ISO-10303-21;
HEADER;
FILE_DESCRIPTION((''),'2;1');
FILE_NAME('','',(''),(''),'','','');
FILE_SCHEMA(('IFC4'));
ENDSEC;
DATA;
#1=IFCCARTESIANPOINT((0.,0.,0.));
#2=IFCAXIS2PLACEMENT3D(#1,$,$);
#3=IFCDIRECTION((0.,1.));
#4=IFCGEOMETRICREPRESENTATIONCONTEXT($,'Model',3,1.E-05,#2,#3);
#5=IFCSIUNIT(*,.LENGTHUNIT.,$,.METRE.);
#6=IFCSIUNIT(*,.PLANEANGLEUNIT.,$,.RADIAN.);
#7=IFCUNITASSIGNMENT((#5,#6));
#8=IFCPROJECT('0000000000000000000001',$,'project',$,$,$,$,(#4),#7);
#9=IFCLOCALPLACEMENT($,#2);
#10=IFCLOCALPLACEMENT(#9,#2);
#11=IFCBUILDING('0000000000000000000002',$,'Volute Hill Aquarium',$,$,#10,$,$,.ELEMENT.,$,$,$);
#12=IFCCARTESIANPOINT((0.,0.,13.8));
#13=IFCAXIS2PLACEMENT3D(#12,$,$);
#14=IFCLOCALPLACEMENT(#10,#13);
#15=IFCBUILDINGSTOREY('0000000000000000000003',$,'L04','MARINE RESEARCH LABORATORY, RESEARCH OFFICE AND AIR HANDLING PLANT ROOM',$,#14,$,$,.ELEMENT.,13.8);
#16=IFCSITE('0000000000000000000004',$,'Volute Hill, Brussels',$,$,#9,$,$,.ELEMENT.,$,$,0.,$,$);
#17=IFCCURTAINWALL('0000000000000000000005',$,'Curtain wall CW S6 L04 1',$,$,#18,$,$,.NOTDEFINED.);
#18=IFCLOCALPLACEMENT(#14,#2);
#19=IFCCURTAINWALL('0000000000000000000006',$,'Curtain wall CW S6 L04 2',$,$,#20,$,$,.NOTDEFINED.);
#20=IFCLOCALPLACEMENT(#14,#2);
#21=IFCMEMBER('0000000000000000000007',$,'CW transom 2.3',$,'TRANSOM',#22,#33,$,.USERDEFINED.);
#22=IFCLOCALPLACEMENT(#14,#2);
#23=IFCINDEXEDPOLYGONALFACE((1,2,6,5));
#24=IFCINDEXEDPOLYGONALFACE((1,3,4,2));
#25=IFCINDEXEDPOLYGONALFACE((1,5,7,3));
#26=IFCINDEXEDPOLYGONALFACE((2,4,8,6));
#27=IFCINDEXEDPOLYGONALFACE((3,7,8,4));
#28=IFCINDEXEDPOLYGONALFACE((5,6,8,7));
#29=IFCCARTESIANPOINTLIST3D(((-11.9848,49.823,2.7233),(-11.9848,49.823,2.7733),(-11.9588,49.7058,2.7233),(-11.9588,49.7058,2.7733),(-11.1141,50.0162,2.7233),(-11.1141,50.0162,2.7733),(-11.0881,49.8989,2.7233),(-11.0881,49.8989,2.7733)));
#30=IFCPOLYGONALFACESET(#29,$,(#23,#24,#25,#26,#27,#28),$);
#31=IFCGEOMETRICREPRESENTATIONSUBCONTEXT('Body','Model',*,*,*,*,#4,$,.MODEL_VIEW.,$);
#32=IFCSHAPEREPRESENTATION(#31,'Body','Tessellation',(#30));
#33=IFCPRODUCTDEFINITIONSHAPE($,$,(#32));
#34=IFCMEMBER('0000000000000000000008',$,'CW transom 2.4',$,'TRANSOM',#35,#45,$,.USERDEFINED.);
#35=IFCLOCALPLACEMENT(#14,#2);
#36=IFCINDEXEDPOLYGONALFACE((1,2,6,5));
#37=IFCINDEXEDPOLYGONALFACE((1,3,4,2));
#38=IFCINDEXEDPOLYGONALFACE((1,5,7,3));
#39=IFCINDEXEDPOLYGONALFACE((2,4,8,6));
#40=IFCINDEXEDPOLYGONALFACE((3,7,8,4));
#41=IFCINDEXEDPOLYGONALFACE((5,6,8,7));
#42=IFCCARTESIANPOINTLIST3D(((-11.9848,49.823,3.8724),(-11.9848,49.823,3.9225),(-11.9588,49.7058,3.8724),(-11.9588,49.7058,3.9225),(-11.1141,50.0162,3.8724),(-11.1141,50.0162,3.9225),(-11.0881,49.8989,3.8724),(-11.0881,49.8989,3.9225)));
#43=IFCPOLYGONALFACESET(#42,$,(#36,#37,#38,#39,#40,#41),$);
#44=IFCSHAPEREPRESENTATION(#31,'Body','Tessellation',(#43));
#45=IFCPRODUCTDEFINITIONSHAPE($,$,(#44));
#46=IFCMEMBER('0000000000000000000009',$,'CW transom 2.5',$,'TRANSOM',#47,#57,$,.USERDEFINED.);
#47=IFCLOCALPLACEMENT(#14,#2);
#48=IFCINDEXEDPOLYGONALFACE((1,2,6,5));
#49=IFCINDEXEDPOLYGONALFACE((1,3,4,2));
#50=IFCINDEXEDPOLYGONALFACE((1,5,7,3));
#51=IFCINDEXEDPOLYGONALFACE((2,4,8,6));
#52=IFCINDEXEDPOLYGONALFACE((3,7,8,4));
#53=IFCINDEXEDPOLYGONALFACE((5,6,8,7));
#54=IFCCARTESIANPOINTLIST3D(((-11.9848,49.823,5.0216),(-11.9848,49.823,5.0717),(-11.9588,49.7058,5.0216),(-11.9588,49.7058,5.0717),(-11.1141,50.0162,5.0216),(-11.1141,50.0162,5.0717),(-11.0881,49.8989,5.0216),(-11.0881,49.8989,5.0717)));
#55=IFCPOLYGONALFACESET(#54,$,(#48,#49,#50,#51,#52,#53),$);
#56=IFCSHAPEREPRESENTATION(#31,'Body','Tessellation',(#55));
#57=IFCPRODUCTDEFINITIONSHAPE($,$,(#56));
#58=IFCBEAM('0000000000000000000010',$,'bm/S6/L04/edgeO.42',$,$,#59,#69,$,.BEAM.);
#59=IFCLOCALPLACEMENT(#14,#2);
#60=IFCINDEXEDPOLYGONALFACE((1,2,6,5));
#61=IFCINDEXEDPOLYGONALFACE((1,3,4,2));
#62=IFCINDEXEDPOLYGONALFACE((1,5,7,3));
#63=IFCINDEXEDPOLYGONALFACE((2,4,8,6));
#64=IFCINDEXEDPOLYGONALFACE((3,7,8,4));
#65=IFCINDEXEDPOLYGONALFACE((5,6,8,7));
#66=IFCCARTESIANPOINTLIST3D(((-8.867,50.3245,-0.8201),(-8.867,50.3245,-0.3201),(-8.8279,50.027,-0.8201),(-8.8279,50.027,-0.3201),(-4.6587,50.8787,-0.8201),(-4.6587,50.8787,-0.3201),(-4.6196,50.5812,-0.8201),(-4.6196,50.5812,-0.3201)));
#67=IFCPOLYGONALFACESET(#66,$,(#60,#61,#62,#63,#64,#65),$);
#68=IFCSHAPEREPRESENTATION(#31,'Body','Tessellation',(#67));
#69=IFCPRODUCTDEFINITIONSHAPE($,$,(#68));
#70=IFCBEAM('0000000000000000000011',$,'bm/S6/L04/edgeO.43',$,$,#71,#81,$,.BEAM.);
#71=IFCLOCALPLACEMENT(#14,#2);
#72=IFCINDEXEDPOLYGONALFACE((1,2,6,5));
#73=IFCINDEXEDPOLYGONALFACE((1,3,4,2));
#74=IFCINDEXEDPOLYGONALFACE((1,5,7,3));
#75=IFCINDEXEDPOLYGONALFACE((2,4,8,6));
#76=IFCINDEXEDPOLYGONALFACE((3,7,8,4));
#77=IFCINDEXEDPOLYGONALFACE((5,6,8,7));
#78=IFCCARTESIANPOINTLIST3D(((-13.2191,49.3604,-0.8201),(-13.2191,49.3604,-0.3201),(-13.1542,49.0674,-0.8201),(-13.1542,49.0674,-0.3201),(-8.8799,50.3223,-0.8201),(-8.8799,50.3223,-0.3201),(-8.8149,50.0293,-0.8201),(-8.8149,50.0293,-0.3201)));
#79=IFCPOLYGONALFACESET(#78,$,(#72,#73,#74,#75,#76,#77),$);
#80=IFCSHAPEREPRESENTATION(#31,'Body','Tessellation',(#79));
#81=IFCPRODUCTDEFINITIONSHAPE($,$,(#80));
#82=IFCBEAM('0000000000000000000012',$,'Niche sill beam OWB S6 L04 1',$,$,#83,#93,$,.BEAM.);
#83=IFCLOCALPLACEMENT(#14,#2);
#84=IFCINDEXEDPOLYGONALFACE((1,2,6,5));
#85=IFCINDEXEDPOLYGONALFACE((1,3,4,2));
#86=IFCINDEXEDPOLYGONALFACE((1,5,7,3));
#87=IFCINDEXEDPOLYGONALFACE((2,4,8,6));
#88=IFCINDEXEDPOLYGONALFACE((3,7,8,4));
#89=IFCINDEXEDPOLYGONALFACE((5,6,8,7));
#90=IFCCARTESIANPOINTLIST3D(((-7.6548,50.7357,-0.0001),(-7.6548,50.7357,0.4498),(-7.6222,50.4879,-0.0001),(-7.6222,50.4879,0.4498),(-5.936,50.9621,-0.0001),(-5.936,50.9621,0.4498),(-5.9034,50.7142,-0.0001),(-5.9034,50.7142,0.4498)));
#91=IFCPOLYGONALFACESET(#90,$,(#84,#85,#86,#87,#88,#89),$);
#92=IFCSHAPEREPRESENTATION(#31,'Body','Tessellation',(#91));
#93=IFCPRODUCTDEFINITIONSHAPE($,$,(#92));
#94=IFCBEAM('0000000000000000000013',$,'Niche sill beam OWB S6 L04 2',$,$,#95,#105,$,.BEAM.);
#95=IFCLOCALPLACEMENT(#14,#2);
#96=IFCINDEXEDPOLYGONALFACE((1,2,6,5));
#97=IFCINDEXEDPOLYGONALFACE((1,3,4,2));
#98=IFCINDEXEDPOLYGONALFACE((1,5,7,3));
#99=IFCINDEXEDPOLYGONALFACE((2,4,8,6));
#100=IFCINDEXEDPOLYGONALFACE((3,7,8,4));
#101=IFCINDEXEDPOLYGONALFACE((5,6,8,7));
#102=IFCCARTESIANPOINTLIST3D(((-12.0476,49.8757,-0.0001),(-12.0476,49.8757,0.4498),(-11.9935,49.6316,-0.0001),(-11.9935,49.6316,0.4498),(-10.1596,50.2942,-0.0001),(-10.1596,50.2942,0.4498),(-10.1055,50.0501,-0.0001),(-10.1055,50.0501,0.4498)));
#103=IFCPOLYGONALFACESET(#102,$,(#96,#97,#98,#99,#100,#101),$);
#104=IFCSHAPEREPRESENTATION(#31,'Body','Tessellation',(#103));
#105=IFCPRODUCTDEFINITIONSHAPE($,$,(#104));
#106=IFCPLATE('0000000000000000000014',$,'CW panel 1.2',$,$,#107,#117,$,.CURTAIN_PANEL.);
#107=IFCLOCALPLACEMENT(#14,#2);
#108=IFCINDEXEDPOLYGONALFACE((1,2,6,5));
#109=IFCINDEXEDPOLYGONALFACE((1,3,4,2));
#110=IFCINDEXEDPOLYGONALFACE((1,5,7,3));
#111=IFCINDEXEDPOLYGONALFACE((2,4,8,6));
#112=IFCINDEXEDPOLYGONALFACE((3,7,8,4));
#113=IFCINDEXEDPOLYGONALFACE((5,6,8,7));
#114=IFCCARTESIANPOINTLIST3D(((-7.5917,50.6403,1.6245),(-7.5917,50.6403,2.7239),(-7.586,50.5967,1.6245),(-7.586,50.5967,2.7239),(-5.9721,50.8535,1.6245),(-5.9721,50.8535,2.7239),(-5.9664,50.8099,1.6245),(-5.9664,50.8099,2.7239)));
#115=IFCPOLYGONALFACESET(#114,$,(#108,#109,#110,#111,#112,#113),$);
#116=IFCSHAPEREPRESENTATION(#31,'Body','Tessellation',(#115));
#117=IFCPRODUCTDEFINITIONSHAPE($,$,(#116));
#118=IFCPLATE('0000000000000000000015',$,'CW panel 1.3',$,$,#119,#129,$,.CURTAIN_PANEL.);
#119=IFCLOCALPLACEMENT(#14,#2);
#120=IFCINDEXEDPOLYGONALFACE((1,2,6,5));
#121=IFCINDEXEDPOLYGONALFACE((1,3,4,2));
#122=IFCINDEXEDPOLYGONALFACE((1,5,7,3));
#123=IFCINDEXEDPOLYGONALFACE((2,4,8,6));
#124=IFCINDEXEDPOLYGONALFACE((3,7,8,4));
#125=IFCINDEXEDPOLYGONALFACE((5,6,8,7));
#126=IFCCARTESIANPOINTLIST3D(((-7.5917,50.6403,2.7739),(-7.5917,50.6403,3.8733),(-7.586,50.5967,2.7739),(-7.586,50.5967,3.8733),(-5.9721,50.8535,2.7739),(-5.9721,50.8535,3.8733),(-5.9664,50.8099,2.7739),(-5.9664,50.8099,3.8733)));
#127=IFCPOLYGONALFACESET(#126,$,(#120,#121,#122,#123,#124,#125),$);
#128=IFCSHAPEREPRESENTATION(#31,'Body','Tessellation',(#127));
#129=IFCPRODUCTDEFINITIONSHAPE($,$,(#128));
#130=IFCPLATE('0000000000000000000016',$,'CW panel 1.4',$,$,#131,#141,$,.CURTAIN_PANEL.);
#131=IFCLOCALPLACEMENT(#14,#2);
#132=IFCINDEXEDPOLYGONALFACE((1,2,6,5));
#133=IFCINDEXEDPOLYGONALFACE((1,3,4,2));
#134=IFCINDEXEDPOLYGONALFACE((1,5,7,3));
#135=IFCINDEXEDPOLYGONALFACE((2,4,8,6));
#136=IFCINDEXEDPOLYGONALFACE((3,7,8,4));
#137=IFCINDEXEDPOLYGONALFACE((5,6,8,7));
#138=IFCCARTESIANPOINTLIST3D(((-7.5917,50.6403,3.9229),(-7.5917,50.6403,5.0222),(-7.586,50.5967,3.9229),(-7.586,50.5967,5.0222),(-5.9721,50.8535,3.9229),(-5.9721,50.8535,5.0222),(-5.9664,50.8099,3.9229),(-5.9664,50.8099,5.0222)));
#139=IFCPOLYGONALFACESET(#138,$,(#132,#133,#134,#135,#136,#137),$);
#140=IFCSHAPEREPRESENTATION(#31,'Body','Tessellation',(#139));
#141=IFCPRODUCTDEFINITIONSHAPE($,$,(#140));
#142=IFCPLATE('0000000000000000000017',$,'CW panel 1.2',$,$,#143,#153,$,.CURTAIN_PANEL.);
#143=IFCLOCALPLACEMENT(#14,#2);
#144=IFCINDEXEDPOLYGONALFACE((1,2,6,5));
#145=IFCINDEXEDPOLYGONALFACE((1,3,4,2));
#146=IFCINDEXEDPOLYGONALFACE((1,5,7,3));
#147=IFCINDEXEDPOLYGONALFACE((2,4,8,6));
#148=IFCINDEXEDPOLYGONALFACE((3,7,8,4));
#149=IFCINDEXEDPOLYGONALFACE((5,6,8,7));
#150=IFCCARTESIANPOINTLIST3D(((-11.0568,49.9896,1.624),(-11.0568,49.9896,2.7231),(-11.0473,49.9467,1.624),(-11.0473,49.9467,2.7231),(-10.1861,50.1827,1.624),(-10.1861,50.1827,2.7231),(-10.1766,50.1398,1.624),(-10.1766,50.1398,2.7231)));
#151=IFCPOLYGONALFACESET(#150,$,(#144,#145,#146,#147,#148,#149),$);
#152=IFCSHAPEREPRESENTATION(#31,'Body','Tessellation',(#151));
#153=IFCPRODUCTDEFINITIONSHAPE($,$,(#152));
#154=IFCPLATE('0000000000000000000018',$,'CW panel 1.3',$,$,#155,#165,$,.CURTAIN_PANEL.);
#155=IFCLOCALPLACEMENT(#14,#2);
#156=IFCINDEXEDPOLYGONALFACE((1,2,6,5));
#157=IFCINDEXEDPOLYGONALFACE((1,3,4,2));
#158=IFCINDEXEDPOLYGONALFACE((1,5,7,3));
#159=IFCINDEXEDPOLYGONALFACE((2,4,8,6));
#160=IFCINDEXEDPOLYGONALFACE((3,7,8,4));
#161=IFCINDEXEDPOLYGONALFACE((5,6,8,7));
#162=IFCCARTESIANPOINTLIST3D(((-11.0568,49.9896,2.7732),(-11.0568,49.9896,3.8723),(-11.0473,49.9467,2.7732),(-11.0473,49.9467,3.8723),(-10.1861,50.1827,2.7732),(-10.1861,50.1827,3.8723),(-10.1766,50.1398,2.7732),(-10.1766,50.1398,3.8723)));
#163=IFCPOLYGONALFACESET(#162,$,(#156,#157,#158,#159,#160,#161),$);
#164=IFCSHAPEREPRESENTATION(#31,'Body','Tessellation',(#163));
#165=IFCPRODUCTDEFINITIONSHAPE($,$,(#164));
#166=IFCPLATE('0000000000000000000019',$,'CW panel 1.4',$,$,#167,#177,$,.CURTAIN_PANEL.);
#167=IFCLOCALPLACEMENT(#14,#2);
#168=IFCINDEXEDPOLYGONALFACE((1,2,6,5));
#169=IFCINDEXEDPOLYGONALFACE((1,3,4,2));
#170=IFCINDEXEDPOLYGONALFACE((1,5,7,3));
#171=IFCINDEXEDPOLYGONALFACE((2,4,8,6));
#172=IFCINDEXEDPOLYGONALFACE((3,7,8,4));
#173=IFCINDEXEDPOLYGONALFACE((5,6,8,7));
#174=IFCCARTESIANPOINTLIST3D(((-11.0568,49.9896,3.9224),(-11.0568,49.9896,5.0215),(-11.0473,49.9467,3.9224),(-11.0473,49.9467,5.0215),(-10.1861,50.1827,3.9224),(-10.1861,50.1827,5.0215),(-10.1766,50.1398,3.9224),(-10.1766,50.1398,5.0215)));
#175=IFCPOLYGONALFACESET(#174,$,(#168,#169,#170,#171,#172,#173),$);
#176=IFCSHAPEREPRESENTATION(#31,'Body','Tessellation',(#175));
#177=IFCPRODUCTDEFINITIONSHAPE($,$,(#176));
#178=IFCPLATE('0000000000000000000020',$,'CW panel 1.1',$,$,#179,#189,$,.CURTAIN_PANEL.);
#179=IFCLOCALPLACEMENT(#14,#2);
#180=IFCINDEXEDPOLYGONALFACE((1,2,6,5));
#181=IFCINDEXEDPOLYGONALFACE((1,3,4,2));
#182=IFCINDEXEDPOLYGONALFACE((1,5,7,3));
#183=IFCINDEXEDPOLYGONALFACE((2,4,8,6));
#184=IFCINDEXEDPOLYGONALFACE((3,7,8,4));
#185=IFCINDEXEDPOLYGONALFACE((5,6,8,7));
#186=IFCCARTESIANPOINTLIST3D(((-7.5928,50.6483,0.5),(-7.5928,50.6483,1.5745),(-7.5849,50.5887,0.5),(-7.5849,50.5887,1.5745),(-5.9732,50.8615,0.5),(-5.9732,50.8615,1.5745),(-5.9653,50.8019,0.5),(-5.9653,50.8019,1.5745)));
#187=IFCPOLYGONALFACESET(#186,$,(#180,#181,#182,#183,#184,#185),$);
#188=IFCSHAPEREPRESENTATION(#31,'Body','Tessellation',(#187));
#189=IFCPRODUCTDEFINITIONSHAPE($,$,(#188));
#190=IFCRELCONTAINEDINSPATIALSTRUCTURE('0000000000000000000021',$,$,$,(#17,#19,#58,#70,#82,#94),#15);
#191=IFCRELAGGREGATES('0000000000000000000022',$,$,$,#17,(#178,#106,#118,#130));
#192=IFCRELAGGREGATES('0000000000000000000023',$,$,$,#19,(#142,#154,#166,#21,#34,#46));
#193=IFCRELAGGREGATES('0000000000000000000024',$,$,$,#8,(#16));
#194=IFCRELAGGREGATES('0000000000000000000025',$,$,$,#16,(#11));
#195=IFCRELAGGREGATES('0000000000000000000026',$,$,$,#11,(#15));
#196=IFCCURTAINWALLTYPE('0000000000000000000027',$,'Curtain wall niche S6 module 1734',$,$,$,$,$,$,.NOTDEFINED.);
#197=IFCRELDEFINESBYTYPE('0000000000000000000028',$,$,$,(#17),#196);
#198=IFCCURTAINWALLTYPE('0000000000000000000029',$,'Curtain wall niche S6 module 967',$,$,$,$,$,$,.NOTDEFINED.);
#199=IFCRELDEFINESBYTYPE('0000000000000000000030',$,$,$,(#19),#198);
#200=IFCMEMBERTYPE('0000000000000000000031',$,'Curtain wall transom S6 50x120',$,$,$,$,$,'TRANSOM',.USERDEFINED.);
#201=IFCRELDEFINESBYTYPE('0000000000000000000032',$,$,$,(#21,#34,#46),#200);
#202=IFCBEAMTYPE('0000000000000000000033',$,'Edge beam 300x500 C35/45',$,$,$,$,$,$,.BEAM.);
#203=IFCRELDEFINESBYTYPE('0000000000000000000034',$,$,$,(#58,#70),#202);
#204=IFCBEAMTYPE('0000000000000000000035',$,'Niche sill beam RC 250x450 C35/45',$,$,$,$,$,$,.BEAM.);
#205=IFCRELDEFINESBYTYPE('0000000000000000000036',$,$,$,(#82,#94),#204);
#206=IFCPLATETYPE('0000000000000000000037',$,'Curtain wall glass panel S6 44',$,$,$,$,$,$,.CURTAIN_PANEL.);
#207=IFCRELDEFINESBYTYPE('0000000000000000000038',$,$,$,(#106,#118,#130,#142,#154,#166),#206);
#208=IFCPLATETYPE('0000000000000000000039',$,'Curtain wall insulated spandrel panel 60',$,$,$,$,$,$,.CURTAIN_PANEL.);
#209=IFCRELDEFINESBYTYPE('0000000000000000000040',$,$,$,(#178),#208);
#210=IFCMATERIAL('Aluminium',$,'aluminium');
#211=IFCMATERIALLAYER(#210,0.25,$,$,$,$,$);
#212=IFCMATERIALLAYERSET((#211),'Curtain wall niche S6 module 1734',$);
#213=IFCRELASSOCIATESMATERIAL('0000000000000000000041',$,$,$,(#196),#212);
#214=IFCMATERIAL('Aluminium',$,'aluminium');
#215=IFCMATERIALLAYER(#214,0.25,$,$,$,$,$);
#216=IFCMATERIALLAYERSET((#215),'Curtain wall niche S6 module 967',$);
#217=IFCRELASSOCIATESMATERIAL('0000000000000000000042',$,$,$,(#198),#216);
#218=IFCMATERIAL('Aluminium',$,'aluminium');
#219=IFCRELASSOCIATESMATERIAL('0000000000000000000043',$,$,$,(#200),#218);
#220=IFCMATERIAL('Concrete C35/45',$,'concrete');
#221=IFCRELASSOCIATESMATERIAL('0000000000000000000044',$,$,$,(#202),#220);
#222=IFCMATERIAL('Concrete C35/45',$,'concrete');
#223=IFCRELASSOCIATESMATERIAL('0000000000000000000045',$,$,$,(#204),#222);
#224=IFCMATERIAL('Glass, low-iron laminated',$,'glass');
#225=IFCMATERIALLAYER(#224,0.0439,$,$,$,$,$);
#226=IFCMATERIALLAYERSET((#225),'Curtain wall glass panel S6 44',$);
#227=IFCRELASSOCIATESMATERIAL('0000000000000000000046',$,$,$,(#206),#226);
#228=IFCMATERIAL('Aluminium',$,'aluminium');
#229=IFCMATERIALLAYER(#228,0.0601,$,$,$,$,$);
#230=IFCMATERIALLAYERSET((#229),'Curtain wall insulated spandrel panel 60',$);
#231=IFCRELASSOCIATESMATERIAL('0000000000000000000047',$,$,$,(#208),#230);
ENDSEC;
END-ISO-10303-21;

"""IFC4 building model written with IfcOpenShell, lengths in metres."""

from ifc_helpers import new_model, si_unit, direction, frame, origin, origin_2d, place, context, subcontext, project, spatial, rectangle, extrude, material, layer, layer_set, material_profile, profile_set, type_object, element, aggregate, save


model = new_model("IFC4")

# Units and contexts
model_context = context("Model", 3, precision=1e-05, world=origin(), true_north=direction((0.0, 1.0)))
body_context = subcontext(model_context, "Body", "Model", "MODEL_VIEW")
ifc_project = project(units=[si_unit("LENGTHUNIT", "METRE"), si_unit("PLANEANGLEUNIT", "RADIAN")], contexts=[model_context])

# Site, building, storey
site_placement = place(None, origin())
site = spatial("IfcSite", under=ifc_project, at=site_placement, Name="Volute Hill, Brussels", CompositionType="ELEMENT", RefElevation=0.0)
building_placement = place(site_placement, origin())
building = spatial("IfcBuilding", under=site, at=building_placement, Name="Volute Hill Aquarium", CompositionType="ELEMENT")
storey_placement = place(building_placement, frame((0.0, 0.0, 13.8)))
storey = spatial("IfcBuildingStorey", under=building, at=storey_placement, Name="L04", Description="MARINE RESEARCH LABORATORY, RESEARCH OFFICE AND AIR HANDLING PLANT ROOM", CompositionType="ELEMENT", Elevation=13.8)

# Curtain walls
ifc_material_1 = material(Name="Aluminium", Category="aluminium")
ifc_layer_1 = layer(ifc_material_1, 0.25)
ifc_layer_set_1 = layer_set([ifc_layer_1], Name="Curtain wall niche S6 module 1734")
curtain_wall_type_1 = type_object("IfcCurtainWallType", Name="Curtain wall niche S6 module 1734", PredefinedType="NOTDEFINED", material=ifc_layer_set_1)
curtain_wall_1_placement = place(storey_placement, origin())
curtain_wall_1 = element("IfcCurtainWall", 1, at=curtain_wall_1_placement, inside=storey, type_object=curtain_wall_type_1, Name="Curtain wall CW S6 L04 1", PredefinedType="NOTDEFINED")
ifc_material_2 = material(Name="Aluminium", Category="aluminium")
ifc_layer_2 = layer(ifc_material_2, 0.25)
ifc_layer_set_2 = layer_set([ifc_layer_2], Name="Curtain wall niche S6 module 967")
curtain_wall_type_2 = type_object("IfcCurtainWallType", Name="Curtain wall niche S6 module 967", PredefinedType="NOTDEFINED", material=ifc_layer_set_2)
curtain_wall_2_placement = place(storey_placement, origin())
curtain_wall_2 = element("IfcCurtainWall", 2, at=curtain_wall_2_placement, inside=storey, type_object=curtain_wall_type_2, Name="Curtain wall CW S6 L04 2", PredefinedType="NOTDEFINED")

# Members
ifc_material_3 = material(Name="Aluminium", Category="aluminium")
ifc_material_profile_1 = material_profile(ifc_material_3, rectangle(XDim=0.1201, YDim=0.05, at=origin_2d()), Name="Curtain wall transom S6 50x120")
ifc_profile_set_1 = profile_set([ifc_material_profile_1], Name="Aluminium")
member_type_1 = type_object("IfcMemberType", Name="Curtain wall transom S6 50x120", ElementType="TRANSOM", PredefinedType="USERDEFINED", material=ifc_profile_set_1)
member_1_placement = place(storey_placement, frame((-11.1011, 49.9575, 2.7483), z_axis=(-0.976271, -0.216554, 0.0), x_axis=(0.216554, -0.976271, 0.0)))
member_1 = element("IfcMember", 3, at=member_1_placement, type_object=member_type_1, Name="CW transom 2.3", ObjectType="TRANSOM", PredefinedType="USERDEFINED", context=body_context, shape_type="SweptSolid", body=[
    extrude(rectangle(XDim=0.1201, YDim=0.05, at=origin_2d()), origin(), (0.0, 0.0, 1.0), 0.8918),
])
member_2_placement = place(storey_placement, frame((-11.1011, 49.9575, 3.8975), z_axis=(-0.976271, -0.216554, 0.0), x_axis=(0.216554, -0.976271, 0.0)))
member_2 = element("IfcMember", 4, at=member_2_placement, type_object=member_type_1, Name="CW transom 2.4", ObjectType="TRANSOM", PredefinedType="USERDEFINED", context=body_context, shape_type="SweptSolid", body=[
    extrude(rectangle(XDim=0.1201, YDim=0.05, at=origin_2d()), origin(), (0.0, 0.0, 1.0), 0.8918),
])
member_3_placement = place(storey_placement, frame((-11.1011, 49.9575, 5.0466), z_axis=(-0.976271, -0.216554, 0.0), x_axis=(0.216554, -0.976271, 0.0)))
member_3 = element("IfcMember", 5, at=member_3_placement, type_object=member_type_1, Name="CW transom 2.5", ObjectType="TRANSOM", PredefinedType="USERDEFINED", context=body_context, shape_type="SweptSolid", body=[
    extrude(rectangle(XDim=0.1201, YDim=0.05, at=origin_2d()), origin(), (0.0, 0.0, 1.0), 0.8918),
])

# Beams
ifc_material_4 = material(Name="Concrete C35/45", Category="concrete")
ifc_material_profile_2 = material_profile(ifc_material_4, rectangle(XDim=0.3, YDim=0.5, at=origin_2d()), Name="RC edge beam 300x500")
ifc_profile_set_2 = profile_set([ifc_material_profile_2], Name="Concrete C35/45")
beam_type_1 = type_object("IfcBeamType", Name="Edge beam 300x500 C35/45", PredefinedType="BEAM", material=ifc_profile_set_2)
beam_1_placement = place(storey_placement, frame((-4.6392, 50.73, -0.5701), z_axis=(-0.99144, -0.130566, 0.0), x_axis=(0.130566, -0.99144, 0.0)))
element("IfcBeam", 6, at=beam_1_placement, inside=storey, type_object=beam_type_1, Name="bm/S6/L04/edgeO.42", PredefinedType="BEAM", context=body_context, shape_type="SweptSolid", body=[
    extrude(rectangle(XDim=0.3, YDim=0.5, at=origin_2d()), origin(), (0.0, 0.0, 1.0), 4.2446),
])
beam_2_placement = place(storey_placement, frame((-8.8474, 50.1758, -0.5701), z_axis=(-0.976301, -0.216419, 0.0), x_axis=(0.216419, -0.976301, 0.0)))
element("IfcBeam", 7, at=beam_2_placement, inside=storey, type_object=beam_type_1, Name="bm/S6/L04/edgeO.43", PredefinedType="BEAM", context=body_context, shape_type="SweptSolid", body=[
    extrude(rectangle(XDim=0.3, YDim=0.5, at=origin_2d()), origin(), (0.0, 0.0, 1.0), 4.4446),
])
ifc_material_5 = material(Name="Concrete C35/45", Category="concrete")
ifc_material_profile_3 = material_profile(ifc_material_5, rectangle(XDim=0.25, YDim=0.45, at=origin_2d()), Name="RC beam 250x450")
ifc_profile_set_3 = profile_set([ifc_material_profile_3], Name="Concrete C35/45")
beam_type_2 = type_object("IfcBeamType", Name="Niche sill beam RC 250x450 C35/45", PredefinedType="BEAM", material=ifc_profile_set_3)
beam_3_placement = place(storey_placement, frame((-5.9197, 50.8381, 0.2249), z_axis=(-0.991442, -0.130549, 0.0), x_axis=(0.130549, -0.991442, 0.0)))
element("IfcBeam", 8, at=beam_3_placement, inside=storey, type_object=beam_type_2, Name="Niche sill beam OWB S6 L04 1", PredefinedType="BEAM", context=body_context, shape_type="SweptSolid", body=[
    extrude(rectangle(XDim=0.25, YDim=0.45, at=origin_2d()), origin(), (0.0, 0.0, 1.0), 1.7336),
])
beam_4_placement = place(storey_placement, frame((-10.1326, 50.1721, 0.2249), z_axis=(-0.976306, -0.216396, 0.0), x_axis=(0.216396, -0.976306, 0.0)))
element("IfcBeam", 9, at=beam_4_placement, inside=storey, type_object=beam_type_2, Name="Niche sill beam OWB S6 L04 2", PredefinedType="BEAM", context=body_context, shape_type="SweptSolid", body=[
    extrude(rectangle(XDim=0.25, YDim=0.45, at=origin_2d()), origin(), (0.0, 0.0, 1.0), 1.9338),
])

# Plates
ifc_material_6 = material(Name="Glass, low-iron laminated", Category="glass")
ifc_layer_3 = layer(ifc_material_6, 0.0439)
ifc_layer_set_3 = layer_set([ifc_layer_3], Name="Curtain wall glass panel S6 44")
plate_type_1 = type_object("IfcPlateType", Name="Curtain wall glass panel S6 44", PredefinedType="CURTAIN_PANEL", material=ifc_layer_set_3)
plate_1_placement = place(storey_placement, frame((-6.7791, 50.7251, 1.6245), z_axis=(0.0, 0.0, 1.0), x_axis=(-0.991445, -0.130524, 0.0)))
plate_1 = element("IfcPlate", 10, at=plate_1_placement, type_object=plate_type_1, Name="CW panel 1.2", PredefinedType="CURTAIN_PANEL", context=body_context, shape_type="SweptSolid", body=[
    extrude(rectangle(XDim=1.6335, YDim=0.0439, at=origin_2d()), origin(), (0.0, 0.0, 1.0), 1.0994),
])
plate_2_placement = place(storey_placement, frame((-6.7791, 50.7251, 2.7739), z_axis=(0.0, 0.0, 1.0), x_axis=(-0.991445, -0.130524, 0.0)))
plate_2 = element("IfcPlate", 11, at=plate_2_placement, type_object=plate_type_1, Name="CW panel 1.3", PredefinedType="CURTAIN_PANEL", context=body_context, shape_type="SweptSolid", body=[
    extrude(rectangle(XDim=1.6335, YDim=0.0439, at=origin_2d()), origin(), (0.0, 0.0, 1.0), 1.0994),
])
plate_3_placement = place(storey_placement, frame((-6.7791, 50.7251, 3.9229), z_axis=(0.0, 0.0, 1.0), x_axis=(-0.991445, -0.130524, 0.0)))
plate_3 = element("IfcPlate", 12, at=plate_3_placement, type_object=plate_type_1, Name="CW panel 1.4", PredefinedType="CURTAIN_PANEL", context=body_context, shape_type="SweptSolid", body=[
    extrude(rectangle(XDim=1.6335, YDim=0.0439, at=origin_2d()), origin(), (0.0, 0.0, 1.0), 1.0994),
])
plate_4_placement = place(storey_placement, frame((-10.6167, 50.0647, 1.624), z_axis=(0.0, 0.0, 1.0), x_axis=(-0.976298, -0.216429, 0.0)))
plate_4 = element("IfcPlate", 13, at=plate_4_placement, type_object=plate_type_1, Name="CW panel 1.2", PredefinedType="CURTAIN_PANEL", context=body_context, shape_type="SweptSolid", body=[
    extrude(rectangle(XDim=0.8918, YDim=0.0439, at=origin_2d()), origin(), (0.0, 0.0, 1.0), 1.0991),
])
plate_5_placement = place(storey_placement, frame((-10.6167, 50.0647, 2.7732), z_axis=(0.0, 0.0, 1.0), x_axis=(-0.976298, -0.216429, 0.0)))
plate_5 = element("IfcPlate", 14, at=plate_5_placement, type_object=plate_type_1, Name="CW panel 1.3", PredefinedType="CURTAIN_PANEL", context=body_context, shape_type="SweptSolid", body=[
    extrude(rectangle(XDim=0.8918, YDim=0.0439, at=origin_2d()), origin(), (0.0, 0.0, 1.0), 1.0991),
])
plate_6_placement = place(storey_placement, frame((-10.6167, 50.0647, 3.9224), z_axis=(0.0, 0.0, 1.0), x_axis=(-0.976298, -0.216429, 0.0)))
plate_6 = element("IfcPlate", 15, at=plate_6_placement, type_object=plate_type_1, Name="CW panel 1.4", PredefinedType="CURTAIN_PANEL", context=body_context, shape_type="SweptSolid", body=[
    extrude(rectangle(XDim=0.8918, YDim=0.0439, at=origin_2d()), origin(), (0.0, 0.0, 1.0), 1.0991),
])
ifc_material_7 = material(Name="Aluminium", Category="aluminium")
ifc_layer_4 = layer(ifc_material_7, 0.0601)
ifc_layer_set_4 = layer_set([ifc_layer_4], Name="Curtain wall insulated spandrel panel 60")
plate_type_2 = type_object("IfcPlateType", Name="Curtain wall insulated spandrel panel 60", PredefinedType="CURTAIN_PANEL", material=ifc_layer_set_4)
plate_7_placement = place(storey_placement, frame((-6.7791, 50.7251, 0.5), z_axis=(0.0, 0.0, 1.0), x_axis=(-0.991445, -0.130524, 0.0)))
plate_7 = element("IfcPlate", 16, at=plate_7_placement, type_object=plate_type_2, Name="CW panel 1.1", PredefinedType="CURTAIN_PANEL", context=body_context, shape_type="SweptSolid", body=[
    extrude(rectangle(XDim=1.6335, YDim=0.0601, at=origin_2d()), origin(), (0.0, 0.0, 1.0), 1.0745),
])
aggregate(curtain_wall_1, [plate_7, plate_1, plate_2, plate_3])
aggregate(curtain_wall_2, [plate_4, plate_5, plate_6, member_1, member_2, member_3])

save(model, "model.ifc")
